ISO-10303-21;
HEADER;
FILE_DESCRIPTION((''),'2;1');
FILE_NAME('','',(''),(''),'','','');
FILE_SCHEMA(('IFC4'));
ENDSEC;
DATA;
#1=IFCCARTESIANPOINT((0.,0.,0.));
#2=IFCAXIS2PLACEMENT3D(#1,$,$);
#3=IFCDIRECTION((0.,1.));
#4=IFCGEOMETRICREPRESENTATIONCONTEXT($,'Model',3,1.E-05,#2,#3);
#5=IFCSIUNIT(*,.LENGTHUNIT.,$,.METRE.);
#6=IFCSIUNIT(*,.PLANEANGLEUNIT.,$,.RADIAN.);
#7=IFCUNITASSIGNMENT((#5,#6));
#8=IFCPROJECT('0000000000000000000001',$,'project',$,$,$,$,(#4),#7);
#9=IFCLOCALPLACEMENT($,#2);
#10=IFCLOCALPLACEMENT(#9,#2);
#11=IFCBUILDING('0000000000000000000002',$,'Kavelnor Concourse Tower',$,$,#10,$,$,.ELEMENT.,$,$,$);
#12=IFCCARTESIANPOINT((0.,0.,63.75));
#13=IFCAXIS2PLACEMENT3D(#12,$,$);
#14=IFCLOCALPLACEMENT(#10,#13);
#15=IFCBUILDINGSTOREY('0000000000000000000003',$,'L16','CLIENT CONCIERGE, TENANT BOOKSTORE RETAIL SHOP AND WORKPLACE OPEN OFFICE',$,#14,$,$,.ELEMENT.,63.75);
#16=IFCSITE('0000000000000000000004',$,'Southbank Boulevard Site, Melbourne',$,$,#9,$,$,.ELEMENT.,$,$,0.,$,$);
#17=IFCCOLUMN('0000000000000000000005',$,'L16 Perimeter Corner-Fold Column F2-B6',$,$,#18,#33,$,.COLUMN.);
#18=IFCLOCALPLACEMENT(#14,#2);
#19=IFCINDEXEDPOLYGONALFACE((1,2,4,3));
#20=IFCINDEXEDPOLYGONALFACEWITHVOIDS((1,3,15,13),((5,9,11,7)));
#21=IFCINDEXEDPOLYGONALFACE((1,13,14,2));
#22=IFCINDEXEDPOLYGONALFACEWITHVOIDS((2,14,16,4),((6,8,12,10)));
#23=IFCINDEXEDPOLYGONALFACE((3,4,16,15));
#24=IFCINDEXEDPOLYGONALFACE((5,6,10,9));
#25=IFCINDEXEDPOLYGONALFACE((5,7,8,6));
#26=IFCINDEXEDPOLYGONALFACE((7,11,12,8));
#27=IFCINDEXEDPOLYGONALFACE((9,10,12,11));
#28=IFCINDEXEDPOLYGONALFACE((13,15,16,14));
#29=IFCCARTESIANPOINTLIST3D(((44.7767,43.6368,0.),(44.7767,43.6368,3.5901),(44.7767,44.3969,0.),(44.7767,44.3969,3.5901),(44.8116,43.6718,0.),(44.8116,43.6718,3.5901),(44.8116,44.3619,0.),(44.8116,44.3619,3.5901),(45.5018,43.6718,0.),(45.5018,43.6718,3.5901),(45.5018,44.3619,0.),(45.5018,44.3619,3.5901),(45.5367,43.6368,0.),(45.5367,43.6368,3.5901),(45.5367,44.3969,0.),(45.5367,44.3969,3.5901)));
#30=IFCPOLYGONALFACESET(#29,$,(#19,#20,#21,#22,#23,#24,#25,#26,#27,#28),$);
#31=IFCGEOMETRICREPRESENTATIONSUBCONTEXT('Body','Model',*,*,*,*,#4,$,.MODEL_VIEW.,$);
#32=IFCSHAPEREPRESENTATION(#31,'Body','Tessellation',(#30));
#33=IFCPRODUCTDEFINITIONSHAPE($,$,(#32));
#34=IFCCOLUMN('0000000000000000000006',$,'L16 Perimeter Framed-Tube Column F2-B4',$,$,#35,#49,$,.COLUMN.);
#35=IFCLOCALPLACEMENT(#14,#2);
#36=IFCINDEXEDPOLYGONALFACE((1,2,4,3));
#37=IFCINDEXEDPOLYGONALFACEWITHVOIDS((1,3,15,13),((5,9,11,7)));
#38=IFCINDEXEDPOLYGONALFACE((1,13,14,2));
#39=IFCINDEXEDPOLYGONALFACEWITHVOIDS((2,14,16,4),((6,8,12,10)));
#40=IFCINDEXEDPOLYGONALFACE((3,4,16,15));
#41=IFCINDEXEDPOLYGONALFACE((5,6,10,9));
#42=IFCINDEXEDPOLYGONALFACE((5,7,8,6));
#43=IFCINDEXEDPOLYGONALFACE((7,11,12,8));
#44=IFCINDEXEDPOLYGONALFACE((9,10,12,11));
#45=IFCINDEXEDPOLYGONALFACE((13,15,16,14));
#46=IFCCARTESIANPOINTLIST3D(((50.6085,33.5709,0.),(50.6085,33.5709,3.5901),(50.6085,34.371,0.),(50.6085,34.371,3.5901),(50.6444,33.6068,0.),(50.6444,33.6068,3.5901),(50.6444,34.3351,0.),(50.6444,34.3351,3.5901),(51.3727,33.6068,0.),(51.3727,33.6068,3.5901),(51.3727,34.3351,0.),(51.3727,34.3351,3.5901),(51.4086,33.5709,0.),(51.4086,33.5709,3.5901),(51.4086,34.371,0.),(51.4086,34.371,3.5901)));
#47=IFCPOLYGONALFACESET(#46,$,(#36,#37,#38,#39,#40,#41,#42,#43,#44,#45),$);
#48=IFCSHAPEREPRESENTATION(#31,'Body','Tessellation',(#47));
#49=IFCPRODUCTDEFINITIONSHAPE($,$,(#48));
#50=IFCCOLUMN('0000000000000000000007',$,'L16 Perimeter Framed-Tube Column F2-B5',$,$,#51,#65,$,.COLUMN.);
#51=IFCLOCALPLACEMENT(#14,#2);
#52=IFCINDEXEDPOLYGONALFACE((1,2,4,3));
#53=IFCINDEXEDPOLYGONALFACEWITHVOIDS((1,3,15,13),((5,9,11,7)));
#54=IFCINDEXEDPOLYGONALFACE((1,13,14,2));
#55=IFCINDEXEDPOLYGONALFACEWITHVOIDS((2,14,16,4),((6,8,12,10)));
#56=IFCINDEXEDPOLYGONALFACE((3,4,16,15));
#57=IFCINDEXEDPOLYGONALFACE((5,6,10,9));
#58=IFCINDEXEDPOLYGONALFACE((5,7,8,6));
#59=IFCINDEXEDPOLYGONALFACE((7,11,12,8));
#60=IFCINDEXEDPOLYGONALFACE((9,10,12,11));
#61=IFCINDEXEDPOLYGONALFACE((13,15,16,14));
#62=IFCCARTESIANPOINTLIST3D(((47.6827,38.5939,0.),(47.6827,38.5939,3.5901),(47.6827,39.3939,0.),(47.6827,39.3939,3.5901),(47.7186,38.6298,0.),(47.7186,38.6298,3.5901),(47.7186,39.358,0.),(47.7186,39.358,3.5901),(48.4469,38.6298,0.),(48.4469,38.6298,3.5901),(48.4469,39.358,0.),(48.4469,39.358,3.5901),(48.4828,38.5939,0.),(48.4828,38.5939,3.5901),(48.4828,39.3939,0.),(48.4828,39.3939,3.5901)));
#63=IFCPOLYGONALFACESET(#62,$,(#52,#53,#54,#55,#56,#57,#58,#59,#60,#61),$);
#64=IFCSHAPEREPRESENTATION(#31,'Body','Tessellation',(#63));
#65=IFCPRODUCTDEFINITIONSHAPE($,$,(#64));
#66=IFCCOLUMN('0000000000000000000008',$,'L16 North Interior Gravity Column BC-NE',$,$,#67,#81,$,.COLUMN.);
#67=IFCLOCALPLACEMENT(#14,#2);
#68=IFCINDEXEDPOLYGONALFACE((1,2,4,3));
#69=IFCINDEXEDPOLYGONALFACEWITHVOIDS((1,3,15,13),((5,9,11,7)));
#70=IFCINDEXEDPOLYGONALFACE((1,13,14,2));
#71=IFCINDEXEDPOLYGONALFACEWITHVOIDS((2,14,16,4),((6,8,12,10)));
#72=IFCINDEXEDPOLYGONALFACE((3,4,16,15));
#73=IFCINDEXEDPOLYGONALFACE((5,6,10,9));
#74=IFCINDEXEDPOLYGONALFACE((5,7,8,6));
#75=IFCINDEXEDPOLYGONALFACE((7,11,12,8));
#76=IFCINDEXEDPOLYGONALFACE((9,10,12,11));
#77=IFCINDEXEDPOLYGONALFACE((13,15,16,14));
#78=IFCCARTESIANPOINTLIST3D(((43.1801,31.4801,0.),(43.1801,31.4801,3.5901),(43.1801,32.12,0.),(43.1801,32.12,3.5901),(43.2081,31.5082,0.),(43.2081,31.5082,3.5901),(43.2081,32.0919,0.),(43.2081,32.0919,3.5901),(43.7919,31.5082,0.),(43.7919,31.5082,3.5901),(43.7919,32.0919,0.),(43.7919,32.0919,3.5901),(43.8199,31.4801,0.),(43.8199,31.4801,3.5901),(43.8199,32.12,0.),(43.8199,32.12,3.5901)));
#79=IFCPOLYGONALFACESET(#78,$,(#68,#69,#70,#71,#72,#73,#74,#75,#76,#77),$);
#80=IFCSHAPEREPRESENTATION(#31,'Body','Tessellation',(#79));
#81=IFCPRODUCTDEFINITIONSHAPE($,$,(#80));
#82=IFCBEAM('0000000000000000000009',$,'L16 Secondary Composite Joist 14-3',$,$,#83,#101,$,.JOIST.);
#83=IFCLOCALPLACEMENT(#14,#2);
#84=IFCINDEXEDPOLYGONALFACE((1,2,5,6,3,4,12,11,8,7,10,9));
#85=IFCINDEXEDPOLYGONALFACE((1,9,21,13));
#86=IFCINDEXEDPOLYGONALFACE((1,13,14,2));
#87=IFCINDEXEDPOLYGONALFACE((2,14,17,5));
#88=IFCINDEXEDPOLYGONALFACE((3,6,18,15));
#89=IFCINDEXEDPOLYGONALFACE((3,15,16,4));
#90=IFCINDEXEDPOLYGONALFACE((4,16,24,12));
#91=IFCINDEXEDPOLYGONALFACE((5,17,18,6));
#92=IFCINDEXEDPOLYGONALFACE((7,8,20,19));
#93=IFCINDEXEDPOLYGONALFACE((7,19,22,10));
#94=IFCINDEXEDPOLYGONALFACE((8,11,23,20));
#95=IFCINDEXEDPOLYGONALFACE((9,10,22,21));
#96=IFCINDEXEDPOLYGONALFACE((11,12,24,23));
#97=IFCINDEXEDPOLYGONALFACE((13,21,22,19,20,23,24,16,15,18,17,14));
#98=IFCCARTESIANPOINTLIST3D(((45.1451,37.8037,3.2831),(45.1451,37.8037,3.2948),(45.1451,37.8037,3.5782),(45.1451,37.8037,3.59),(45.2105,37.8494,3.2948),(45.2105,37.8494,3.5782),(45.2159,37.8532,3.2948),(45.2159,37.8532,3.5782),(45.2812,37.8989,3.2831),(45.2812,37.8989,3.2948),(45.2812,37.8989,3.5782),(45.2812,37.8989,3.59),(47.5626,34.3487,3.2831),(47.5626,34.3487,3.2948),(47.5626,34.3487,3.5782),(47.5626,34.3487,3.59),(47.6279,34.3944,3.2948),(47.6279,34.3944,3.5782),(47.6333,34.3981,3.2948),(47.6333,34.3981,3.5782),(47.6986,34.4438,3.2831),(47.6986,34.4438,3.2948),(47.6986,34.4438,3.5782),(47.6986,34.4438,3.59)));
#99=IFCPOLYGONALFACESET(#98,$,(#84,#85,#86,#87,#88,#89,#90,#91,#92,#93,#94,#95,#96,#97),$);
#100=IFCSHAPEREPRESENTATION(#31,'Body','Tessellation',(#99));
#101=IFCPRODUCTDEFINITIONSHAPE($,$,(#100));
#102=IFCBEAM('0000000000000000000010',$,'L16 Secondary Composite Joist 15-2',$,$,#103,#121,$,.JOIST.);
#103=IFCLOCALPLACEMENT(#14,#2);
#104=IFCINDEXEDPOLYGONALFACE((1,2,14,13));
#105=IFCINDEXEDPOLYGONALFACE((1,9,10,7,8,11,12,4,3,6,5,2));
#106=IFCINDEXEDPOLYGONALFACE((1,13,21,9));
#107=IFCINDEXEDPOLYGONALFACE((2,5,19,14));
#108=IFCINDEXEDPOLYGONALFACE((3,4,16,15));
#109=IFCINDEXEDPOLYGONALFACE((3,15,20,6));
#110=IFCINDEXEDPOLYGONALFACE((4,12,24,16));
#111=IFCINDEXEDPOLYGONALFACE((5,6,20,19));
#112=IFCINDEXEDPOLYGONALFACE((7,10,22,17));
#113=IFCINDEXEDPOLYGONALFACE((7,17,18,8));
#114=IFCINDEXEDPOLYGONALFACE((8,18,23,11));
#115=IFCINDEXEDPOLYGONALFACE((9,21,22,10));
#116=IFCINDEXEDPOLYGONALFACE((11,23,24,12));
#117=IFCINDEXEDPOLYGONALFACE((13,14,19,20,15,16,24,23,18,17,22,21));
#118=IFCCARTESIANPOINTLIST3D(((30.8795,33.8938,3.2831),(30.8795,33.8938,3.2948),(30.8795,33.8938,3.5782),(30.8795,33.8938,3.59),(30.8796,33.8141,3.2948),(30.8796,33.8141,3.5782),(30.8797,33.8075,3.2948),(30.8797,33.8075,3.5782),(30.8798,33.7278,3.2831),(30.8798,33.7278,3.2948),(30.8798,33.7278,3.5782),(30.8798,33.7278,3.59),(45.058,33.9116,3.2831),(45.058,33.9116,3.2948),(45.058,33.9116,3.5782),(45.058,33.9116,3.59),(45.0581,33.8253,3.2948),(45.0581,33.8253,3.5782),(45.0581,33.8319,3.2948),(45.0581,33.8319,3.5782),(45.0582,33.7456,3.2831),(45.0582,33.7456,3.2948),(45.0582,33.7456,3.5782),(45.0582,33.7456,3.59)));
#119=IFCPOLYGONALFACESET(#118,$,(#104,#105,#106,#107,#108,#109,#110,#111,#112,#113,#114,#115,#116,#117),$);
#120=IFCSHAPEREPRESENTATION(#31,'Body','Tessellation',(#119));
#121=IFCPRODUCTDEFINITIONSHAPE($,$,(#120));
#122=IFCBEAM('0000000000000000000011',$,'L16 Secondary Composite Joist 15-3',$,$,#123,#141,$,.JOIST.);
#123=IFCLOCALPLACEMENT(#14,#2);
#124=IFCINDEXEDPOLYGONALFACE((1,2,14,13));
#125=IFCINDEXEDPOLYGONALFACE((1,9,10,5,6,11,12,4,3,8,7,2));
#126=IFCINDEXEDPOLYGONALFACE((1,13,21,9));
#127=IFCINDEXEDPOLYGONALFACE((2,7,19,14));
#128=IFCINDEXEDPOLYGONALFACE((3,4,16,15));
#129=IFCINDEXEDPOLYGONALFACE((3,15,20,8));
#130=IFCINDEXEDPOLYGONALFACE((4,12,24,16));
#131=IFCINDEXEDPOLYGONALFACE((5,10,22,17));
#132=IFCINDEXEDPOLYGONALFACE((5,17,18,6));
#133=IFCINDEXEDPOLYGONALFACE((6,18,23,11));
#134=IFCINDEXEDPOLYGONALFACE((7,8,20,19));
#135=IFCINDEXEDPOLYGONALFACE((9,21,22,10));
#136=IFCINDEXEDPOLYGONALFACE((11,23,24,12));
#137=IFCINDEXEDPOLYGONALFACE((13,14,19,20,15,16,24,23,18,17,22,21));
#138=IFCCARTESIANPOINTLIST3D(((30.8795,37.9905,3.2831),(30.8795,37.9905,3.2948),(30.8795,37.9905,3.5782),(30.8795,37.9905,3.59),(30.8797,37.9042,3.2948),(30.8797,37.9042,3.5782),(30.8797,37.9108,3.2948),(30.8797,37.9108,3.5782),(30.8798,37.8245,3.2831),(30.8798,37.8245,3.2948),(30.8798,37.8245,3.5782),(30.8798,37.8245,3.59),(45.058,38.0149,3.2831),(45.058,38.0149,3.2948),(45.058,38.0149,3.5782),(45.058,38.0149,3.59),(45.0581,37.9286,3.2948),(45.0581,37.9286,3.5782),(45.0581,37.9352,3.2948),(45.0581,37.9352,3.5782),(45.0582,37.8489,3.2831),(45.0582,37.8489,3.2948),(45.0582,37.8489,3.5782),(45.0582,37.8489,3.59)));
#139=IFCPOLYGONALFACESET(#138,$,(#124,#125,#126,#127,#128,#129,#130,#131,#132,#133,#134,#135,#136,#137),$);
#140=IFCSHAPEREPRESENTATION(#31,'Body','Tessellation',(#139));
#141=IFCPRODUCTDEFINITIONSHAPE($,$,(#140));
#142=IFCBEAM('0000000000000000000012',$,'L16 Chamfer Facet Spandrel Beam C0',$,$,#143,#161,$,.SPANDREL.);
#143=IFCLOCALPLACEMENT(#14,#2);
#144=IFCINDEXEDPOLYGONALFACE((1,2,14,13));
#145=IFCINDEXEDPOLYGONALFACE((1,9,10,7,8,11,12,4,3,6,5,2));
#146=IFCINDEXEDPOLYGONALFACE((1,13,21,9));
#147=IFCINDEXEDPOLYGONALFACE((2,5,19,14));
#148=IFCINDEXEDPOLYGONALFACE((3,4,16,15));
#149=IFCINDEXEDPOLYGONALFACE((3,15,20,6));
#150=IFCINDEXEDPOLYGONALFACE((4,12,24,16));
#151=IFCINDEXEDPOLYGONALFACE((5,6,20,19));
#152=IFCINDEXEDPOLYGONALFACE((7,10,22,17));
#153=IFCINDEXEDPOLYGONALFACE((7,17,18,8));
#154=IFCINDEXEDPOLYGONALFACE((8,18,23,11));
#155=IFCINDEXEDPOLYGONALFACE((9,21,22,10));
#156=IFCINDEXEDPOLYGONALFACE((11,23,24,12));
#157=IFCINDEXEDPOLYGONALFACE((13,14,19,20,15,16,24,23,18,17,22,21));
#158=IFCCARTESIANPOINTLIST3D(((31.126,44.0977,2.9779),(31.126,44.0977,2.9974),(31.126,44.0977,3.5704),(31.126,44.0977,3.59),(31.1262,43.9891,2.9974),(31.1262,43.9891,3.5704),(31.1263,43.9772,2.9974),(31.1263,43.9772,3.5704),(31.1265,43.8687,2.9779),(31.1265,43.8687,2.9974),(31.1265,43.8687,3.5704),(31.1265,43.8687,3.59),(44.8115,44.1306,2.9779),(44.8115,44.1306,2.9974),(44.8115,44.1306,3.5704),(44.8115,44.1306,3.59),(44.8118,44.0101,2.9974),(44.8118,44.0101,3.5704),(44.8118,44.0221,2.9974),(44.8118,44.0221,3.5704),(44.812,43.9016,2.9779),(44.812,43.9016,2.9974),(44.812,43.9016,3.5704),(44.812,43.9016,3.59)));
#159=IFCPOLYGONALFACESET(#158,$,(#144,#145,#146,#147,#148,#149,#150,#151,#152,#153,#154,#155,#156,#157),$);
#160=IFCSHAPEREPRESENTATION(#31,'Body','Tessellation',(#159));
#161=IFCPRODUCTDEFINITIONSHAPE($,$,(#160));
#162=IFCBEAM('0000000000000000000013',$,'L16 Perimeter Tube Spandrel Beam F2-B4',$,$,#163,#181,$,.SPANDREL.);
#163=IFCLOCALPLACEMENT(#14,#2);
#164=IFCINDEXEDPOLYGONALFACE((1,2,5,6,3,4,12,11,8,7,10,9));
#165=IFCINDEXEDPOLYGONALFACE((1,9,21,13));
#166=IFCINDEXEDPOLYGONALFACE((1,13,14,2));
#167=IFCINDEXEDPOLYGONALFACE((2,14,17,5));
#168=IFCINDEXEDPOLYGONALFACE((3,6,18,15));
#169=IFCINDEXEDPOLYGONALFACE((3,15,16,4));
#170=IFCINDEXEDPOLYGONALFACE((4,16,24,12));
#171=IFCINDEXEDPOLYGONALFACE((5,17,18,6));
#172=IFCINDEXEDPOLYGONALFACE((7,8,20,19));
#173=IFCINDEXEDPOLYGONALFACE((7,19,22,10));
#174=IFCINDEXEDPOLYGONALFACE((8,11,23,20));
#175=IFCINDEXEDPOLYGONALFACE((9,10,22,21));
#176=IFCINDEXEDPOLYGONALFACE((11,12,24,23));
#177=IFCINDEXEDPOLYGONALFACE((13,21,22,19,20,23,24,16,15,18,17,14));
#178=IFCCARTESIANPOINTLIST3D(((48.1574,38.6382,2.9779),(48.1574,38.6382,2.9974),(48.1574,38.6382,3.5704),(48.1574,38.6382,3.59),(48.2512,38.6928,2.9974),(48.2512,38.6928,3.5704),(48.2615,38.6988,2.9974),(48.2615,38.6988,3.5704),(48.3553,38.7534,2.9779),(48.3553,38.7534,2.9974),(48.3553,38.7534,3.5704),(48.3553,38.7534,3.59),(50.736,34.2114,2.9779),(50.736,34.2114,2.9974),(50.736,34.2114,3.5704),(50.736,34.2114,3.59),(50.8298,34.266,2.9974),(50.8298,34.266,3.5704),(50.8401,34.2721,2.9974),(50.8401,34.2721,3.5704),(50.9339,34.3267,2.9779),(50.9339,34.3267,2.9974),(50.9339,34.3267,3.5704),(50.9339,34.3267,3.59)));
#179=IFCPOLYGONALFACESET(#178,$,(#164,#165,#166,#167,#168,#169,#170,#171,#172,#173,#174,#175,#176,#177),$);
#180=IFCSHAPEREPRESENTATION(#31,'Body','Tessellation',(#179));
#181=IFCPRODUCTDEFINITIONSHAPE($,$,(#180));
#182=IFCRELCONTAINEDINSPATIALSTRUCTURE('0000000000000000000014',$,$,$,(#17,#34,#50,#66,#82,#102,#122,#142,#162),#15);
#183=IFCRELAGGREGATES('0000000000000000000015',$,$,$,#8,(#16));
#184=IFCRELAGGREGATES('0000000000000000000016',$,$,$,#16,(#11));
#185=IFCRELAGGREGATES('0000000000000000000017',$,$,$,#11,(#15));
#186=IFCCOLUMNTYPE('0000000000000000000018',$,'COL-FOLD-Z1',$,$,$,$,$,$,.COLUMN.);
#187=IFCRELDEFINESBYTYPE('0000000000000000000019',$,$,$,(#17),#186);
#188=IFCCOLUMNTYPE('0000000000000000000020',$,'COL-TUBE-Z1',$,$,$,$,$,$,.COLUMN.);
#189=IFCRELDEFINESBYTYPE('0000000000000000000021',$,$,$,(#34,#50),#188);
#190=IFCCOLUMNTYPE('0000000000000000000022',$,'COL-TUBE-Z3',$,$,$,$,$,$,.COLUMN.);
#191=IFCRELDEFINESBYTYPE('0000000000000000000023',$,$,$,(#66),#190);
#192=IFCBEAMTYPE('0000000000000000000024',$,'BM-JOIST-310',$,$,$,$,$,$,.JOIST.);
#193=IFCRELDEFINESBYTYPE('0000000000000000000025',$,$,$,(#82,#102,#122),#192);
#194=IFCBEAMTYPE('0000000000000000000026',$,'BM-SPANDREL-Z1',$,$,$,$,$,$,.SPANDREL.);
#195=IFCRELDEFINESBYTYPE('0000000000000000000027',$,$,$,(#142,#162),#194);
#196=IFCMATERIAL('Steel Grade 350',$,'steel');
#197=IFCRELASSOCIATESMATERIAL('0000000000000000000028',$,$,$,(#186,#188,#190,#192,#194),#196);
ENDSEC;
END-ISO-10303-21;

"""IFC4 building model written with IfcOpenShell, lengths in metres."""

from ifc_helpers import new_model, si_unit, direction, frame, origin, origin_2d, place, context, subcontext, project, spatial, hollow_rectangle, i_section, extrude, material, material_profile, profile_set, type_object, element, save


model = new_model("IFC4")

# Units and contexts
model_context = context("Model", 3, precision=1e-05, world=origin(), true_north=direction((0.0, 1.0)))
body_context = subcontext(model_context, "Body", "Model", "MODEL_VIEW")
ifc_project = project(units=[si_unit("LENGTHUNIT", "METRE"), si_unit("PLANEANGLEUNIT", "RADIAN")], contexts=[model_context])

# Site, building, storey
site_placement = place(None, origin())
site = spatial("IfcSite", under=ifc_project, at=site_placement, Name="Southbank Boulevard Site, Melbourne", CompositionType="ELEMENT", RefElevation=0.0)
building_placement = place(site_placement, origin())
building = spatial("IfcBuilding", under=site, at=building_placement, Name="Kavelnor Concourse Tower", CompositionType="ELEMENT")
storey_placement = place(building_placement, frame((0.0, 0.0, 63.75)))
storey = spatial("IfcBuildingStorey", under=building, at=storey_placement, Name="L16", Description="CLIENT CONCIERGE, TENANT BOOKSTORE RETAIL SHOP AND WORKPLACE OPEN OFFICE", CompositionType="ELEMENT", Elevation=63.75)

# Columns
ifc_material_1 = material(Name="Steel Grade 350", Category="steel")
ifc_material_profile_1 = material_profile(ifc_material_1, hollow_rectangle(XDim=0.76, YDim=0.76, WallThickness=0.0349, at=origin_2d()), Name="SHS 760x760x35")
ifc_profile_set_1 = profile_set([ifc_material_profile_1], Name="Steel Grade 350")
column_type_1 = type_object("IfcColumnType", Name="COL-FOLD-Z1", PredefinedType="COLUMN", material=ifc_profile_set_1)
column_1_placement = place(storey_placement, frame((45.1567, 44.0168, 0.0), z_axis=(0.0, 0.0, 1.0), x_axis=(1.0, 0.0, 0.0)))
element("IfcColumn", 1, at=column_1_placement, inside=storey, type_object=column_type_1, Name="L16 Perimeter Corner-Fold Column F2-B6", PredefinedType="COLUMN", context=body_context, shape_type="SweptSolid", body=[
    extrude(hollow_rectangle(XDim=0.76, YDim=0.76, WallThickness=0.0349, at=origin_2d()), origin(), (0.0, 0.0, 1.0), 3.5901),
])
ifc_material_profile_2 = material_profile(ifc_material_1, hollow_rectangle(XDim=0.8, YDim=0.8, WallThickness=0.0359, at=origin_2d()), Name="SHS 800x800x36")
ifc_profile_set_2 = profile_set([ifc_material_profile_2], Name="Steel Grade 350")
column_type_2 = type_object("IfcColumnType", Name="COL-TUBE-Z1", PredefinedType="COLUMN", material=ifc_profile_set_2)
for number, where, z_axis, x_axis, name in (
    (2, (51.0085, 33.9709, 0.0), (0.0, 0.0, 1.0), (1.0, 0.0, 0.0), "L16 Perimeter Framed-Tube Column F2-B4"),
    (3, (48.0828, 38.9939, 0.0), (0.0, 0.0, 1.0), (1.0, 0.0, 0.0), "L16 Perimeter Framed-Tube Column F2-B5"),
):
    element("IfcColumn", number, at=place(storey_placement, frame(where, z_axis=z_axis, x_axis=x_axis)), inside=storey, type_object=column_type_2, Name=name, PredefinedType="COLUMN", context=body_context, shape_type="SweptSolid", body=[
        extrude(hollow_rectangle(XDim=0.8, YDim=0.8, WallThickness=0.0359, at=origin_2d()), origin(), (0.0, 0.0, 1.0), 3.5901),
    ])
ifc_material_profile_3 = material_profile(ifc_material_1, hollow_rectangle(XDim=0.6399, YDim=0.6399, WallThickness=0.0281, at=origin_2d()), Name="SHS 640x640x28")
ifc_profile_set_3 = profile_set([ifc_material_profile_3], Name="Steel Grade 350")
column_type_3 = type_object("IfcColumnType", Name="COL-TUBE-Z3", PredefinedType="COLUMN", material=ifc_profile_set_3)
column_2_placement = place(storey_placement, frame((43.5, 31.8, 0.0), z_axis=(0.0, 0.0, 1.0), x_axis=(1.0, 0.0, 0.0)))
element("IfcColumn", 4, at=column_2_placement, inside=storey, type_object=column_type_3, Name="L16 North Interior Gravity Column BC-NE", PredefinedType="COLUMN", context=body_context, shape_type="SweptSolid", body=[
    extrude(hollow_rectangle(XDim=0.6399, YDim=0.6399, WallThickness=0.0281, at=origin_2d()), origin(), (0.0, 0.0, 1.0), 3.5901),
])

# Beams
ifc_material_profile_4 = material_profile(ifc_material_1, i_section(OverallWidth=0.166, OverallDepth=0.3069, WebThickness=0.0066, FlangeThickness=0.0117, at=origin_2d()), Name="310UB46")
ifc_profile_set_4 = profile_set([ifc_material_profile_4], Name="Steel Grade 350")
beam_type_1 = type_object("IfcBeamType", Name="BM-JOIST-310", PredefinedType="JOIST", material=ifc_profile_set_4)
beam_1_placement = place(storey_placement, frame((47.6306, 34.3962, 3.4365), z_axis=(-0.573291, 0.819352, 0.0), x_axis=(-0.819352, -0.573291, 0.0)))
element("IfcBeam", 5, at=beam_1_placement, inside=storey, type_object=beam_type_1, Name="L16 Secondary Composite Joist 14-3", PredefinedType="JOIST", context=body_context, shape_type="SweptSolid", body=[
    extrude(i_section(OverallWidth=0.166, OverallDepth=0.3069, WebThickness=0.0066, FlangeThickness=0.0117, at=origin_2d()), origin(), (0.0, 0.0, 1.0), 4.2168),
])
for number, where, z_axis, x_axis, name in (
    (6, (45.0581, 33.8286, 3.4365), (-0.999999, -0.001257, 0.0), (0.001257, -0.999999, 0.0), "L16 Secondary Composite Joist 15-2"),
    (7, (45.0581, 37.9319, 3.4365), (-0.999999, -0.001722, 0.0), (0.001722, -0.999999, 0.0), "L16 Secondary Composite Joist 15-3"),
):
    element("IfcBeam", number, at=place(storey_placement, frame(where, z_axis=z_axis, x_axis=x_axis)), inside=storey, type_object=beam_type_1, Name=name, PredefinedType="JOIST", context=body_context, shape_type="SweptSolid", body=[
        extrude(i_section(OverallWidth=0.166, OverallDepth=0.3069, WebThickness=0.0066, FlangeThickness=0.0117, at=origin_2d()), origin(), (0.0, 0.0, 1.0), 14.1785),
    ])
ifc_material_profile_5 = material_profile(ifc_material_1, i_section(OverallWidth=0.229, OverallDepth=0.6121, WebThickness=0.012, FlangeThickness=0.0195, at=origin_2d()), Name="610UB125")
ifc_profile_set_5 = profile_set([ifc_material_profile_5], Name="Steel Grade 350")
beam_type_2 = type_object("IfcBeamType", Name="BM-SPANDREL-Z1", PredefinedType="SPANDREL", material=ifc_profile_set_5)
beam_2_placement = place(storey_placement, frame((44.8118, 44.0161, 3.2839), z_axis=(-0.999997, -0.002408, 0.0), x_axis=(0.002408, -0.999997, 0.0)))
element("IfcBeam", 8, at=beam_2_placement, inside=storey, type_object=beam_type_2, Name="L16 Chamfer Facet Spandrel Beam C0", PredefinedType="SPANDREL", context=body_context, shape_type="SweptSolid", body=[
    extrude(i_section(OverallWidth=0.229, OverallDepth=0.6121, WebThickness=0.012, FlangeThickness=0.0195, at=origin_2d()), origin(), (0.0, 0.0, 1.0), 13.6855),
])
for number, where, z_axis, x_axis, name in (
    (9, (50.835, 34.269, 3.2839), (-0.503338, 0.86409, 0.0), (-0.86409, -0.503338, 0.0), "L16 Perimeter Tube Spandrel Beam F2-B4"),
):
    element("IfcBeam", number, at=place(storey_placement, frame(where, z_axis=z_axis, x_axis=x_axis)), inside=storey, type_object=beam_type_2, Name=name, PredefinedType="SPANDREL", context=body_context, shape_type="SweptSolid", body=[
        extrude(i_section(OverallWidth=0.229, OverallDepth=0.6121, WebThickness=0.012, FlangeThickness=0.0195, at=origin_2d()), origin(), (0.0, 0.0, 1.0), 5.123),
    ])

save(model, "model.ifc")
